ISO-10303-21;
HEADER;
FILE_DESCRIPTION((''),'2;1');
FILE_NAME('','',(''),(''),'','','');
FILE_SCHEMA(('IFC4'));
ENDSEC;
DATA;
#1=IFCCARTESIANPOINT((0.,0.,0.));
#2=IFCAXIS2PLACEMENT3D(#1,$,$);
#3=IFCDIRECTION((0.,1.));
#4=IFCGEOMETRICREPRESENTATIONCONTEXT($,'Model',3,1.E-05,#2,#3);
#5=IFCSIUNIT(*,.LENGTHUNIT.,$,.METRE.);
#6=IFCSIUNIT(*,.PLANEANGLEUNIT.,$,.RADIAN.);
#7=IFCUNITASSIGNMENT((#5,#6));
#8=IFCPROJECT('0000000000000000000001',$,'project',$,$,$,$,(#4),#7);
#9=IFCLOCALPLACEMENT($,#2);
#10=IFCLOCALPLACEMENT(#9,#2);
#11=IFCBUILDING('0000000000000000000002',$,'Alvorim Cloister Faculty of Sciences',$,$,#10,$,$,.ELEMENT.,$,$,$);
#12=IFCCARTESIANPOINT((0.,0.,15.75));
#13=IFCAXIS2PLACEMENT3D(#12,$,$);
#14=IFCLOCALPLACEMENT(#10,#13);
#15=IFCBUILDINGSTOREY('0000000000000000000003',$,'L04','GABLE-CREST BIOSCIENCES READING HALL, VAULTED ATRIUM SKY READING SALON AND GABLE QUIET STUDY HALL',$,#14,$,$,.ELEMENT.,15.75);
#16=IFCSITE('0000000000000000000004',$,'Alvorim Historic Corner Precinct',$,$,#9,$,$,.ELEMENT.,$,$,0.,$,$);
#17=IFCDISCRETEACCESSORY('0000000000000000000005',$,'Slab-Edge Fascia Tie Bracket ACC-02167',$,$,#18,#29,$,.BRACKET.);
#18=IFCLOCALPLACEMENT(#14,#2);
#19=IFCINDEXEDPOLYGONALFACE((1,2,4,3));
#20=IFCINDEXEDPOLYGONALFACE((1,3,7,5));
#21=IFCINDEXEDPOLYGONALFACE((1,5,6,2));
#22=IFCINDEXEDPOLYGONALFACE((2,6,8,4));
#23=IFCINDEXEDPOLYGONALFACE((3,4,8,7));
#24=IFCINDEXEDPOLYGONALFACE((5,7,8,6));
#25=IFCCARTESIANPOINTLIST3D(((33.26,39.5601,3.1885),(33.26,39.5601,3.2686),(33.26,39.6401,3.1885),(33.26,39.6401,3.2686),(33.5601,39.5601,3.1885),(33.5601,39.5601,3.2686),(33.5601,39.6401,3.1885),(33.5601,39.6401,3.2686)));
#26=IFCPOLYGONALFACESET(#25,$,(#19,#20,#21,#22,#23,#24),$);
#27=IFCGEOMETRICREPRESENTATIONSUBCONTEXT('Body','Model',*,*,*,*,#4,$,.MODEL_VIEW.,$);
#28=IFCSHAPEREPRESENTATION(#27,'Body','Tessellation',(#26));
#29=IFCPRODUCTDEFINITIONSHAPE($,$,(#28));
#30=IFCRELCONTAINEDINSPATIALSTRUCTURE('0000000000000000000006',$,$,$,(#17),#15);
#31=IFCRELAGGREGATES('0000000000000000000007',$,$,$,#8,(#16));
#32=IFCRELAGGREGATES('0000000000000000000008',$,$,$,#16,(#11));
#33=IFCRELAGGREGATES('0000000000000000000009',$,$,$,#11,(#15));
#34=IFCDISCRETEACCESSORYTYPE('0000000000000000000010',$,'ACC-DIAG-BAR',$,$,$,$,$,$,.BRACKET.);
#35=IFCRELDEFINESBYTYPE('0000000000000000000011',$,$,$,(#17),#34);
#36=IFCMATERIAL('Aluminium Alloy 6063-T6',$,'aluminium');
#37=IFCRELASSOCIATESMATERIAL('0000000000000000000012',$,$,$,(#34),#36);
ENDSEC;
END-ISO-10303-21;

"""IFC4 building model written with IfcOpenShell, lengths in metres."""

from ifc_helpers import new_model, si_unit, direction, frame, origin, origin_2d, place, context, subcontext, project, spatial, rectangle, extrude, material, type_object, element, save


model = new_model("IFC4")

# Units and contexts
model_context = context("Model", 3, precision=1e-05, world=origin(), true_north=direction((0.0, 1.0)))
body_context = subcontext(model_context, "Body", "Model", "MODEL_VIEW")
ifc_project = project(units=[si_unit("LENGTHUNIT", "METRE"), si_unit("PLANEANGLEUNIT", "RADIAN")], contexts=[model_context])

# Site, building, storey
site_placement = place(None, origin())
site = spatial("IfcSite", under=ifc_project, at=site_placement, Name="Alvorim Historic Corner Precinct", CompositionType="ELEMENT", RefElevation=0.0)
building_placement = place(site_placement, origin())
building = spatial("IfcBuilding", under=site, at=building_placement, Name="Alvorim Cloister Faculty of Sciences", CompositionType="ELEMENT")
storey_placement = place(building_placement, frame((0.0, 0.0, 15.75)))
storey = spatial("IfcBuildingStorey", under=building, at=storey_placement, Name="L04", Description="GABLE-CREST BIOSCIENCES READING HALL, VAULTED ATRIUM SKY READING SALON AND GABLE QUIET STUDY HALL", CompositionType="ELEMENT", Elevation=15.75)

# Shared definitions
ifc_material_1 = material(Name="Aluminium Alloy 6063-T6", Category="aluminium")

# Discrete accessory
discrete_accessory_type = type_object("IfcDiscreteAccessoryType", Name="ACC-DIAG-BAR", PredefinedType="BRACKET", material=ifc_material_1)
discrete_accessory_placement = place(storey_placement, frame((33.26, 39.6001, 3.2285), z_axis=(1.0, 0.0, 0.0), x_axis=(0.0, 1.0, 0.0)))
element("IfcDiscreteAccessory", 1, at=discrete_accessory_placement, inside=storey, type_object=discrete_accessory_type, Name="Slab-Edge Fascia Tie Bracket ACC-02167", PredefinedType="BRACKET", context=body_context, shape_type="SweptSolid", body=[
    extrude(rectangle(XDim=0.0801, YDim=0.0801, at=origin_2d()), origin(), (0.0, 0.0, 1.0), 0.3),
])

save(model, "model.ifc")
